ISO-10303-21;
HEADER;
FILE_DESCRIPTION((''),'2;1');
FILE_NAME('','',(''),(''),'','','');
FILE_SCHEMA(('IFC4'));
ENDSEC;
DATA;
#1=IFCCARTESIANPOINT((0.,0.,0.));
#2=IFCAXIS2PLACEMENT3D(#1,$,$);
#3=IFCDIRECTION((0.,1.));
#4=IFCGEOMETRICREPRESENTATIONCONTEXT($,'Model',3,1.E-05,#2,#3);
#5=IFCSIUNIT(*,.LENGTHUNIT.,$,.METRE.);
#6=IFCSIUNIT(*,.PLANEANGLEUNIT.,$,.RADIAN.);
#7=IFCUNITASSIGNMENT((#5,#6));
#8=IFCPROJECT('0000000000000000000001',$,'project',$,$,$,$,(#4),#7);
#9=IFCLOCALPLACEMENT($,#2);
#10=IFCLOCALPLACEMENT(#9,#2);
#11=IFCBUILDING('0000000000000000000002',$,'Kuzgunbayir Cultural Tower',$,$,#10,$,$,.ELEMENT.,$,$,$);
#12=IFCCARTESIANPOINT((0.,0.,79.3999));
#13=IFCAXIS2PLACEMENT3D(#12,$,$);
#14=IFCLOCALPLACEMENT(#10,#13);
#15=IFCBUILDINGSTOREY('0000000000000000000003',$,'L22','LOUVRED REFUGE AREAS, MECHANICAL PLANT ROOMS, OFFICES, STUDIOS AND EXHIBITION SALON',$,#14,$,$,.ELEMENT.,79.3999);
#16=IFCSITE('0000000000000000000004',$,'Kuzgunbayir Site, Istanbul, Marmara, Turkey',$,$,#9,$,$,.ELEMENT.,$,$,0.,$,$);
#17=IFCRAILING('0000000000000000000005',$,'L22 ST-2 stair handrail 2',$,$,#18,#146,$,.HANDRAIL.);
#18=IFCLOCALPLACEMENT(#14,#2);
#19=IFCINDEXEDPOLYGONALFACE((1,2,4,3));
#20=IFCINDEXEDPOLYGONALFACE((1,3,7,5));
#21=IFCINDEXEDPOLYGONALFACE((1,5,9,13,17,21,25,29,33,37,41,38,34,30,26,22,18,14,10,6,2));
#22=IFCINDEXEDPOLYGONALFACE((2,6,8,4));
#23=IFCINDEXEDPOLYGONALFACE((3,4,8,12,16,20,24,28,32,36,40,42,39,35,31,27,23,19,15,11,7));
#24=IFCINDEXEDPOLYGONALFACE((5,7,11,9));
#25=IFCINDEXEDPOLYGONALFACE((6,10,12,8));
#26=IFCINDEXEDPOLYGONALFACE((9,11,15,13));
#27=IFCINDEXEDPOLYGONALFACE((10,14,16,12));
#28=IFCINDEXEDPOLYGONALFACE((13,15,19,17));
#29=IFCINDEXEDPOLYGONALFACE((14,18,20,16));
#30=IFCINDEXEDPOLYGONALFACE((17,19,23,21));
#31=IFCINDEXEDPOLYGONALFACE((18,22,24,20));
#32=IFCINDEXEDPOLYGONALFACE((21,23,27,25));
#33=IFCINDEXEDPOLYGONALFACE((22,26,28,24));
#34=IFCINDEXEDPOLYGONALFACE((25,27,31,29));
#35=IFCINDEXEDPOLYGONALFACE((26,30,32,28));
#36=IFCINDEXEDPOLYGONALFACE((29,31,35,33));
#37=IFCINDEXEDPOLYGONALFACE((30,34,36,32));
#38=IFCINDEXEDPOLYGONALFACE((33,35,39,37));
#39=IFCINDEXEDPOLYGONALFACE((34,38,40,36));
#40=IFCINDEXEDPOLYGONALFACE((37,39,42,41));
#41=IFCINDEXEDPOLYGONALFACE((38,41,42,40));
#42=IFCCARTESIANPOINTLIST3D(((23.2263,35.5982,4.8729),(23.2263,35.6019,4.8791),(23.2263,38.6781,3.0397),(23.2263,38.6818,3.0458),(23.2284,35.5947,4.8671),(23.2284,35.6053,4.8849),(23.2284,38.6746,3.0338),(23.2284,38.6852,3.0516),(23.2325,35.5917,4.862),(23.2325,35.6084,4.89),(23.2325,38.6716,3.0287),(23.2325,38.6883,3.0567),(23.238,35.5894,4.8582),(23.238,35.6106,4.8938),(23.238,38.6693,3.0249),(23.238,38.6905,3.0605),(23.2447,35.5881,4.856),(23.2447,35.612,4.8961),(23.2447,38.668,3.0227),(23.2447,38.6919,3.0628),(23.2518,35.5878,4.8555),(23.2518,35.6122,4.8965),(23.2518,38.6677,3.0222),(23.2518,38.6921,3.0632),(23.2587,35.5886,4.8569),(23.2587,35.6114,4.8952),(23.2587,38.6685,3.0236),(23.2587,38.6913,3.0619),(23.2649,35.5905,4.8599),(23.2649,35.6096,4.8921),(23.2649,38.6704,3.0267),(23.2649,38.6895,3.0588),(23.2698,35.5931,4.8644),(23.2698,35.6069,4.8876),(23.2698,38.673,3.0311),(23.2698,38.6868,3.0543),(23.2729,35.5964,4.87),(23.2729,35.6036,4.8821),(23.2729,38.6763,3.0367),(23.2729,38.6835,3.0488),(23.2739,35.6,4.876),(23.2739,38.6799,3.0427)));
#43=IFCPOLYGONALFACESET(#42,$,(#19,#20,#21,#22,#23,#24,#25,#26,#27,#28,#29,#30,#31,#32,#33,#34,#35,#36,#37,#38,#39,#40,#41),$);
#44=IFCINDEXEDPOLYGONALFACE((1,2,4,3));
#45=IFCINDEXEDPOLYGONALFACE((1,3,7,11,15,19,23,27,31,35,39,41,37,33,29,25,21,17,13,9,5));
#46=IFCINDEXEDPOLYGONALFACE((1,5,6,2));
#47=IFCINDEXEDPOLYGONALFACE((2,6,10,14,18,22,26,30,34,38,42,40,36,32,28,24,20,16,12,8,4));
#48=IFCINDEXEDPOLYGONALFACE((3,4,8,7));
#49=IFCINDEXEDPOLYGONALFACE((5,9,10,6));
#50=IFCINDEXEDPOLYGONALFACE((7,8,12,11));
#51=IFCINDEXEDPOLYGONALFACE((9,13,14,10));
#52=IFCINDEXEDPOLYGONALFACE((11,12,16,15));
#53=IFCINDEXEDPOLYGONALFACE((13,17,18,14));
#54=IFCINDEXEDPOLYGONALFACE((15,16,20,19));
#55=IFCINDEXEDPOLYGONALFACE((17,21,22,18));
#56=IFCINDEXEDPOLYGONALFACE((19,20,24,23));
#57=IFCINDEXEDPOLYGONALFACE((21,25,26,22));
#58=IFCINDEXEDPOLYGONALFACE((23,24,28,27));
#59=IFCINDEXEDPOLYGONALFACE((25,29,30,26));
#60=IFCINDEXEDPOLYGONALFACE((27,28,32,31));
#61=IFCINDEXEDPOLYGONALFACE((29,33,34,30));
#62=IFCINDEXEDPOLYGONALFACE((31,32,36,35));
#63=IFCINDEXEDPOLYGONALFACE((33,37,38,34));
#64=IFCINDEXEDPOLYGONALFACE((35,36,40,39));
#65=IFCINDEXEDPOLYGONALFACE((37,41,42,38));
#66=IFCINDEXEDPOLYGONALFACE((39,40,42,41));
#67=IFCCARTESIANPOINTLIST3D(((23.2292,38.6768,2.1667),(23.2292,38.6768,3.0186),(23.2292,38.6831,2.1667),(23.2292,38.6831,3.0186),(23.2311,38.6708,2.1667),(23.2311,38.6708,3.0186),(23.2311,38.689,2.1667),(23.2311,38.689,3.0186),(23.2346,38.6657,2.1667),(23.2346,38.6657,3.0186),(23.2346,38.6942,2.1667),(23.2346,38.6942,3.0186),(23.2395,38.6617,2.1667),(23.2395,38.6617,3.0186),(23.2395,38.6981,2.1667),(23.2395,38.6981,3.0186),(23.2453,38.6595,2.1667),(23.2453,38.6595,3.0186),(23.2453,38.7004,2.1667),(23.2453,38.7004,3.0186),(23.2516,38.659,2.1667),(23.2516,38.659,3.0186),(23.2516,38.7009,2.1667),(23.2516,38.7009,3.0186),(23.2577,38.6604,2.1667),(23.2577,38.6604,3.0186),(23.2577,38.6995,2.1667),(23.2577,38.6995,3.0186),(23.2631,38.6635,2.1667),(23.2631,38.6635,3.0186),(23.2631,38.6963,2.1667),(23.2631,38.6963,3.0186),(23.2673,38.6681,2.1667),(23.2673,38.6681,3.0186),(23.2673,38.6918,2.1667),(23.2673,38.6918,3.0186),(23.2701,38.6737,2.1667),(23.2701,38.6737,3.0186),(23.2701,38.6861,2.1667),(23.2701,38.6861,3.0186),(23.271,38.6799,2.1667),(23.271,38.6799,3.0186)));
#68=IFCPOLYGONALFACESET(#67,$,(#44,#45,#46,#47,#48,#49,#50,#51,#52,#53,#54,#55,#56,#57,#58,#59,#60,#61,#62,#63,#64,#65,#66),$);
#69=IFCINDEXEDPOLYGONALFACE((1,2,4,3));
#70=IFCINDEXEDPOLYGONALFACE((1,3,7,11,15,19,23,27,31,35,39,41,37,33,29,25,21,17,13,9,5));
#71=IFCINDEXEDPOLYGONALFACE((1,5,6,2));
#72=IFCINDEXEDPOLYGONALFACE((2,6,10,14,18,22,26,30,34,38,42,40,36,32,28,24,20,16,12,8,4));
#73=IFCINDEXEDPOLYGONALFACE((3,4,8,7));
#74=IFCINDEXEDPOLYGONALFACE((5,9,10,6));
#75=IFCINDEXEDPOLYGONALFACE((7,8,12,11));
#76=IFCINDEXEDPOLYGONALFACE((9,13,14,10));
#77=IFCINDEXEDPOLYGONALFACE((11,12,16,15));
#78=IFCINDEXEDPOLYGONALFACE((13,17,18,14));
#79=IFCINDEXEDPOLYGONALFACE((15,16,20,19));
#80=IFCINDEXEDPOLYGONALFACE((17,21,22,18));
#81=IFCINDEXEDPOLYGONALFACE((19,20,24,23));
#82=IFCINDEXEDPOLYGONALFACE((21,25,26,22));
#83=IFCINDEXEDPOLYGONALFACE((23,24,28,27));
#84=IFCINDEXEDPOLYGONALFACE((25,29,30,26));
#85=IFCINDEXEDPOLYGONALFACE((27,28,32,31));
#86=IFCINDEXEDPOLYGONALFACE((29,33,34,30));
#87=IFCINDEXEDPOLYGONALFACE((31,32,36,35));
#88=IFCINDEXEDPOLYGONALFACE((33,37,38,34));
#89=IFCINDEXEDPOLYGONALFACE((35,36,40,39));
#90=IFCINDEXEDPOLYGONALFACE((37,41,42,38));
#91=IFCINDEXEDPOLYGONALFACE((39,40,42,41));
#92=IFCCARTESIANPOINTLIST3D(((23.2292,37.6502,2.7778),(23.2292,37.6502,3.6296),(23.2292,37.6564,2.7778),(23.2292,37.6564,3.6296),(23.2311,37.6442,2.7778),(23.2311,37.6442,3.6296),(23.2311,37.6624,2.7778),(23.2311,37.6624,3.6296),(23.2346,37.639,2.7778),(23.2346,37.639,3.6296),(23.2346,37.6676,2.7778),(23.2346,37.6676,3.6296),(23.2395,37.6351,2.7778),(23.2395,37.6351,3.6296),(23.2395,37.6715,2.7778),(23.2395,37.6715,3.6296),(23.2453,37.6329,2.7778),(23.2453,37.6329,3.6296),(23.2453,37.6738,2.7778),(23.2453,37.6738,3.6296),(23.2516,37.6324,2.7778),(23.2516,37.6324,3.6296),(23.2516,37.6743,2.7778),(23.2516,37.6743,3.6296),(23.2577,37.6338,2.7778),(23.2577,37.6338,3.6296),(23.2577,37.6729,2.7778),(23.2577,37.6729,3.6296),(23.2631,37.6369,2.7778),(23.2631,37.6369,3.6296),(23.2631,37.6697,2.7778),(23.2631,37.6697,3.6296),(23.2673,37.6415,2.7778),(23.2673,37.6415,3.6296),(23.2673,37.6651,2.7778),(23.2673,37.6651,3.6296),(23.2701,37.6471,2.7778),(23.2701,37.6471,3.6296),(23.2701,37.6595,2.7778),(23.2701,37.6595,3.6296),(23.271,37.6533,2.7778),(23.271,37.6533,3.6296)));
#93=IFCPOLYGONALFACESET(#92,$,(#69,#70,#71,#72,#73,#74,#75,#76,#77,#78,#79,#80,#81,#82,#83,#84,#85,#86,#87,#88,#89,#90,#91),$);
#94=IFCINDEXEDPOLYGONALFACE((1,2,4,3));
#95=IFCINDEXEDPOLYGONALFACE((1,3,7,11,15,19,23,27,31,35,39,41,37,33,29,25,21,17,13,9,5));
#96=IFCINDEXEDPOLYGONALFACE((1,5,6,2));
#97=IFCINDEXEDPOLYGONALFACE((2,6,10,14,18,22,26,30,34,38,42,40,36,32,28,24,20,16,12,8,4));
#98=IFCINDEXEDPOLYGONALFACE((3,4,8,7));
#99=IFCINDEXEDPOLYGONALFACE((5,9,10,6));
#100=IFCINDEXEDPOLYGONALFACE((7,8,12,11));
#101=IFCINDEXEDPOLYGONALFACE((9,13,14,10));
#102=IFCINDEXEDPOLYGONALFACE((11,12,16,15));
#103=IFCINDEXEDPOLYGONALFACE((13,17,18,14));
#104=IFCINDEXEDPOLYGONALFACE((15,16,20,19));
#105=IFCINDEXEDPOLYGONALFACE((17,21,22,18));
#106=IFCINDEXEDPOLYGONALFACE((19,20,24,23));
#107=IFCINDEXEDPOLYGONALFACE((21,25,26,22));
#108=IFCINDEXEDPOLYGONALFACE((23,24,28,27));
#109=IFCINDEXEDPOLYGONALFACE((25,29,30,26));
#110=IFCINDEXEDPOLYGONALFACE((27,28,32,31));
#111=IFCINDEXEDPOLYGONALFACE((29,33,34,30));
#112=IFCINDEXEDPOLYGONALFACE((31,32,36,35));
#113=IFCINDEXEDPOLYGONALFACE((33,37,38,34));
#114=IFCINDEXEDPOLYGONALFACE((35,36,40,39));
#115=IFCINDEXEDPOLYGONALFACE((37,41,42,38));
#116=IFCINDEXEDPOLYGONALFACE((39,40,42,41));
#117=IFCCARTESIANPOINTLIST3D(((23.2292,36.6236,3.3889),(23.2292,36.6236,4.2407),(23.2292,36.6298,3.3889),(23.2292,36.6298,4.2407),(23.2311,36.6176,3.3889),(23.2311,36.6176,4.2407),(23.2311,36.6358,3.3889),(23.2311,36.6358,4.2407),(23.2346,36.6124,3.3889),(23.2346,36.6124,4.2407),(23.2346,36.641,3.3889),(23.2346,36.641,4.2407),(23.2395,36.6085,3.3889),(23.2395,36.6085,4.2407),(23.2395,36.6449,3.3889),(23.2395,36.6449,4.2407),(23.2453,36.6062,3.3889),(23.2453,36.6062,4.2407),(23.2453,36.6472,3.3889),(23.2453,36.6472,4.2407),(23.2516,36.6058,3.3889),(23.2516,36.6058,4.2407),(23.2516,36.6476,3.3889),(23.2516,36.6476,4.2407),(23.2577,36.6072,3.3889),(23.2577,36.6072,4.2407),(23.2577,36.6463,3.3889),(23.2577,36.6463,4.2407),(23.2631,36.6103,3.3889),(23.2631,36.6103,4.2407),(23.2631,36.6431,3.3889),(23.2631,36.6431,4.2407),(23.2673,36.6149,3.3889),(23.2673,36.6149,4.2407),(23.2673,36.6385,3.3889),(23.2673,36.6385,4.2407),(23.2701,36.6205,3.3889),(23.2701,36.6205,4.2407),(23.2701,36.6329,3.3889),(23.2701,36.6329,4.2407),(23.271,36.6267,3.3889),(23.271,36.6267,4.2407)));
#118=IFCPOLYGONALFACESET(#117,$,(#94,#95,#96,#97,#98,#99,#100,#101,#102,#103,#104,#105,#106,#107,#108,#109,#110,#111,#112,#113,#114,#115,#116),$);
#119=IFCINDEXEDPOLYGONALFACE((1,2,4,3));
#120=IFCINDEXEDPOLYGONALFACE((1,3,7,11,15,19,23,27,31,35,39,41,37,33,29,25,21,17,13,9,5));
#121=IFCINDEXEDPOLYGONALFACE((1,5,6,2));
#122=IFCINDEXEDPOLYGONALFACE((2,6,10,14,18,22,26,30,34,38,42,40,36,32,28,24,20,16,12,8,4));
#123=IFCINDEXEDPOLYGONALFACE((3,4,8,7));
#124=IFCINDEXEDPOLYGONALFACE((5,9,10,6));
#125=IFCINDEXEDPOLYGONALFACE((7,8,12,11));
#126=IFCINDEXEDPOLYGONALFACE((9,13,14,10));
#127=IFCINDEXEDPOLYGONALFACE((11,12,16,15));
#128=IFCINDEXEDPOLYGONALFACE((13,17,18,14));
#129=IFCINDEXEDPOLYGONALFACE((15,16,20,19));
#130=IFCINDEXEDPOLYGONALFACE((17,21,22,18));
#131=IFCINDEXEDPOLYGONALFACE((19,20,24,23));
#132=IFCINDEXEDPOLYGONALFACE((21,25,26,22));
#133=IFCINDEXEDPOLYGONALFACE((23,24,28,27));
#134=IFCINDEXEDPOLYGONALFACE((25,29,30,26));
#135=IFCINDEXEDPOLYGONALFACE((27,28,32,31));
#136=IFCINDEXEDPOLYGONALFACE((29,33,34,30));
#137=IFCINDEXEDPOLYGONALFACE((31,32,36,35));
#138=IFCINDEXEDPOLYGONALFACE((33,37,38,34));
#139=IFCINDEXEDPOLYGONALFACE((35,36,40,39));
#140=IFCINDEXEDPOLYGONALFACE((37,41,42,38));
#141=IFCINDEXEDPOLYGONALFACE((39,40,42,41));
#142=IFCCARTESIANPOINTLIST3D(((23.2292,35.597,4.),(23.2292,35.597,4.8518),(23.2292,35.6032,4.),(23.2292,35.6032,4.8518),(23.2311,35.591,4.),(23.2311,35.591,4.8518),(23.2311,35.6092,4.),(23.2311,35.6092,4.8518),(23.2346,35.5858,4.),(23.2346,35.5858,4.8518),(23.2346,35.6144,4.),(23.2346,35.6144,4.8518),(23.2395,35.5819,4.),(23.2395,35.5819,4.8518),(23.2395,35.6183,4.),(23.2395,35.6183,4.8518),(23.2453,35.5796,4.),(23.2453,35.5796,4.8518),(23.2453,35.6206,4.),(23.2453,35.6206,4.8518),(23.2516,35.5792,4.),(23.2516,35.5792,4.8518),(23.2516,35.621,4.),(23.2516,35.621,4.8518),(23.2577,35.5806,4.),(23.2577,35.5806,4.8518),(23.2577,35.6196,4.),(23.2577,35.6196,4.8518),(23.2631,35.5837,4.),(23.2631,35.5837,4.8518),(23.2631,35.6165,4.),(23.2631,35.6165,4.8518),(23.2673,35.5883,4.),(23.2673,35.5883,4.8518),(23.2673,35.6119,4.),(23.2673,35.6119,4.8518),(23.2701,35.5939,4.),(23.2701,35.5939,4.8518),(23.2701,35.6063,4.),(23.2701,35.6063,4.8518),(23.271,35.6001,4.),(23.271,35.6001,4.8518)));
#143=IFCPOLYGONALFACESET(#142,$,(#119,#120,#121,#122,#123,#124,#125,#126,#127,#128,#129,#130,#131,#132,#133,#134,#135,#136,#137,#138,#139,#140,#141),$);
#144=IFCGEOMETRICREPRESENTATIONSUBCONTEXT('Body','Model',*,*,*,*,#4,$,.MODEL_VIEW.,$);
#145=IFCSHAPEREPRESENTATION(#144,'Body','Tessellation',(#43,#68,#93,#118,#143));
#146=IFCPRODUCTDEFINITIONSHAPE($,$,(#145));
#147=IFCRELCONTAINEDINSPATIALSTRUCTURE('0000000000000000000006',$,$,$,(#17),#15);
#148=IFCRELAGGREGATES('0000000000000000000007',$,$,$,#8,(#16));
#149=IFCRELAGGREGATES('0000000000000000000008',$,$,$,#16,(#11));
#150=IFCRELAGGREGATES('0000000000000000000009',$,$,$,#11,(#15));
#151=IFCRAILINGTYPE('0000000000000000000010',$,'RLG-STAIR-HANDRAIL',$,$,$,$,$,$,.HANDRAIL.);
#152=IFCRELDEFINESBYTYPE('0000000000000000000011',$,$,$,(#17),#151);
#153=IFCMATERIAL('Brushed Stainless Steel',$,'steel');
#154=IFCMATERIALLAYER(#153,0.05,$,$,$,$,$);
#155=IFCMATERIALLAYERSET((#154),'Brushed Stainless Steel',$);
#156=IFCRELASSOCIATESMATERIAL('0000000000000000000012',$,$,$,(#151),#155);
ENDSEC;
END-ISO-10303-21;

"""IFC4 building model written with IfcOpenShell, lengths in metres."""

from ifc_helpers import new_model, si_unit, direction, frame, origin, origin_2d, place, context, subcontext, project, spatial, circle, extrude, material, layer, layer_set, type_object, element, save


model = new_model("IFC4")

# Units and contexts
model_context = context("Model", 3, precision=1e-05, world=origin(), true_north=direction((0.0, 1.0)))
body_context = subcontext(model_context, "Body", "Model", "MODEL_VIEW")
ifc_project = project(units=[si_unit("LENGTHUNIT", "METRE"), si_unit("PLANEANGLEUNIT", "RADIAN")], contexts=[model_context])

# Site, building, storey
site_placement = place(None, origin())
site = spatial("IfcSite", under=ifc_project, at=site_placement, Name="Kuzgunbayir Site, Istanbul, Marmara, Turkey", CompositionType="ELEMENT", RefElevation=0.0)
building_placement = place(site_placement, origin())
building = spatial("IfcBuilding", under=site, at=building_placement, Name="Kuzgunbayir Cultural Tower", CompositionType="ELEMENT")
storey_placement = place(building_placement, frame((0.0, 0.0, 79.3999)))
storey = spatial("IfcBuildingStorey", under=building, at=storey_placement, Name="L22", Description="LOUVRED REFUGE AREAS, MECHANICAL PLANT ROOMS, OFFICES, STUDIOS AND EXHIBITION SALON", CompositionType="ELEMENT", Elevation=79.3999)

# Shared definitions
ifc_material_1 = material(Name="Brushed Stainless Steel", Category="steel")

# Railing
ifc_layer_1 = layer(ifc_material_1, 0.05)
ifc_layer_set_1 = layer_set([ifc_layer_1], Name="Brushed Stainless Steel")
railing_type_1 = type_object("IfcRailingType", Name="RLG-STAIR-HANDRAIL", PredefinedType="HANDRAIL", material=ifc_layer_set_1)
railing_1_placement = place(storey_placement, frame((23.25, 38.6799, 2.1667)))
element("IfcRailing", 1, at=railing_1_placement, inside=storey, type_object=railing_type_1, Name="L22 ST-2 stair handrail 2", PredefinedType="HANDRAIL", context=body_context, shape_type="SweptSolid", body=[
    extrude(circle(Radius=0.0239, at=origin_2d()), frame((0.0, 0.0, 0.876), z_axis=(0.0, -0.859291, 0.511487), x_axis=(1.0, 0.0, 0.0)), (0.0, 0.0, 1.0), 3.5842),
    extrude(circle(Radius=0.021, at=origin_2d()), origin(), (0.0, 0.0, 1.0), 0.8518),
    extrude(circle(Radius=0.021, at=origin_2d()), frame((0.0, -1.0266, 0.6111)), (0.0, 0.0, 1.0), 0.8518),
    extrude(circle(Radius=0.021, at=origin_2d()), frame((0.0, -2.0532, 1.2222)), (0.0, 0.0, 1.0), 0.8518),
    extrude(circle(Radius=0.021, at=origin_2d()), frame((0.0, -3.0798, 1.8333)), (0.0, 0.0, 1.0), 0.8518),
])

save(model, "model.ifc")
